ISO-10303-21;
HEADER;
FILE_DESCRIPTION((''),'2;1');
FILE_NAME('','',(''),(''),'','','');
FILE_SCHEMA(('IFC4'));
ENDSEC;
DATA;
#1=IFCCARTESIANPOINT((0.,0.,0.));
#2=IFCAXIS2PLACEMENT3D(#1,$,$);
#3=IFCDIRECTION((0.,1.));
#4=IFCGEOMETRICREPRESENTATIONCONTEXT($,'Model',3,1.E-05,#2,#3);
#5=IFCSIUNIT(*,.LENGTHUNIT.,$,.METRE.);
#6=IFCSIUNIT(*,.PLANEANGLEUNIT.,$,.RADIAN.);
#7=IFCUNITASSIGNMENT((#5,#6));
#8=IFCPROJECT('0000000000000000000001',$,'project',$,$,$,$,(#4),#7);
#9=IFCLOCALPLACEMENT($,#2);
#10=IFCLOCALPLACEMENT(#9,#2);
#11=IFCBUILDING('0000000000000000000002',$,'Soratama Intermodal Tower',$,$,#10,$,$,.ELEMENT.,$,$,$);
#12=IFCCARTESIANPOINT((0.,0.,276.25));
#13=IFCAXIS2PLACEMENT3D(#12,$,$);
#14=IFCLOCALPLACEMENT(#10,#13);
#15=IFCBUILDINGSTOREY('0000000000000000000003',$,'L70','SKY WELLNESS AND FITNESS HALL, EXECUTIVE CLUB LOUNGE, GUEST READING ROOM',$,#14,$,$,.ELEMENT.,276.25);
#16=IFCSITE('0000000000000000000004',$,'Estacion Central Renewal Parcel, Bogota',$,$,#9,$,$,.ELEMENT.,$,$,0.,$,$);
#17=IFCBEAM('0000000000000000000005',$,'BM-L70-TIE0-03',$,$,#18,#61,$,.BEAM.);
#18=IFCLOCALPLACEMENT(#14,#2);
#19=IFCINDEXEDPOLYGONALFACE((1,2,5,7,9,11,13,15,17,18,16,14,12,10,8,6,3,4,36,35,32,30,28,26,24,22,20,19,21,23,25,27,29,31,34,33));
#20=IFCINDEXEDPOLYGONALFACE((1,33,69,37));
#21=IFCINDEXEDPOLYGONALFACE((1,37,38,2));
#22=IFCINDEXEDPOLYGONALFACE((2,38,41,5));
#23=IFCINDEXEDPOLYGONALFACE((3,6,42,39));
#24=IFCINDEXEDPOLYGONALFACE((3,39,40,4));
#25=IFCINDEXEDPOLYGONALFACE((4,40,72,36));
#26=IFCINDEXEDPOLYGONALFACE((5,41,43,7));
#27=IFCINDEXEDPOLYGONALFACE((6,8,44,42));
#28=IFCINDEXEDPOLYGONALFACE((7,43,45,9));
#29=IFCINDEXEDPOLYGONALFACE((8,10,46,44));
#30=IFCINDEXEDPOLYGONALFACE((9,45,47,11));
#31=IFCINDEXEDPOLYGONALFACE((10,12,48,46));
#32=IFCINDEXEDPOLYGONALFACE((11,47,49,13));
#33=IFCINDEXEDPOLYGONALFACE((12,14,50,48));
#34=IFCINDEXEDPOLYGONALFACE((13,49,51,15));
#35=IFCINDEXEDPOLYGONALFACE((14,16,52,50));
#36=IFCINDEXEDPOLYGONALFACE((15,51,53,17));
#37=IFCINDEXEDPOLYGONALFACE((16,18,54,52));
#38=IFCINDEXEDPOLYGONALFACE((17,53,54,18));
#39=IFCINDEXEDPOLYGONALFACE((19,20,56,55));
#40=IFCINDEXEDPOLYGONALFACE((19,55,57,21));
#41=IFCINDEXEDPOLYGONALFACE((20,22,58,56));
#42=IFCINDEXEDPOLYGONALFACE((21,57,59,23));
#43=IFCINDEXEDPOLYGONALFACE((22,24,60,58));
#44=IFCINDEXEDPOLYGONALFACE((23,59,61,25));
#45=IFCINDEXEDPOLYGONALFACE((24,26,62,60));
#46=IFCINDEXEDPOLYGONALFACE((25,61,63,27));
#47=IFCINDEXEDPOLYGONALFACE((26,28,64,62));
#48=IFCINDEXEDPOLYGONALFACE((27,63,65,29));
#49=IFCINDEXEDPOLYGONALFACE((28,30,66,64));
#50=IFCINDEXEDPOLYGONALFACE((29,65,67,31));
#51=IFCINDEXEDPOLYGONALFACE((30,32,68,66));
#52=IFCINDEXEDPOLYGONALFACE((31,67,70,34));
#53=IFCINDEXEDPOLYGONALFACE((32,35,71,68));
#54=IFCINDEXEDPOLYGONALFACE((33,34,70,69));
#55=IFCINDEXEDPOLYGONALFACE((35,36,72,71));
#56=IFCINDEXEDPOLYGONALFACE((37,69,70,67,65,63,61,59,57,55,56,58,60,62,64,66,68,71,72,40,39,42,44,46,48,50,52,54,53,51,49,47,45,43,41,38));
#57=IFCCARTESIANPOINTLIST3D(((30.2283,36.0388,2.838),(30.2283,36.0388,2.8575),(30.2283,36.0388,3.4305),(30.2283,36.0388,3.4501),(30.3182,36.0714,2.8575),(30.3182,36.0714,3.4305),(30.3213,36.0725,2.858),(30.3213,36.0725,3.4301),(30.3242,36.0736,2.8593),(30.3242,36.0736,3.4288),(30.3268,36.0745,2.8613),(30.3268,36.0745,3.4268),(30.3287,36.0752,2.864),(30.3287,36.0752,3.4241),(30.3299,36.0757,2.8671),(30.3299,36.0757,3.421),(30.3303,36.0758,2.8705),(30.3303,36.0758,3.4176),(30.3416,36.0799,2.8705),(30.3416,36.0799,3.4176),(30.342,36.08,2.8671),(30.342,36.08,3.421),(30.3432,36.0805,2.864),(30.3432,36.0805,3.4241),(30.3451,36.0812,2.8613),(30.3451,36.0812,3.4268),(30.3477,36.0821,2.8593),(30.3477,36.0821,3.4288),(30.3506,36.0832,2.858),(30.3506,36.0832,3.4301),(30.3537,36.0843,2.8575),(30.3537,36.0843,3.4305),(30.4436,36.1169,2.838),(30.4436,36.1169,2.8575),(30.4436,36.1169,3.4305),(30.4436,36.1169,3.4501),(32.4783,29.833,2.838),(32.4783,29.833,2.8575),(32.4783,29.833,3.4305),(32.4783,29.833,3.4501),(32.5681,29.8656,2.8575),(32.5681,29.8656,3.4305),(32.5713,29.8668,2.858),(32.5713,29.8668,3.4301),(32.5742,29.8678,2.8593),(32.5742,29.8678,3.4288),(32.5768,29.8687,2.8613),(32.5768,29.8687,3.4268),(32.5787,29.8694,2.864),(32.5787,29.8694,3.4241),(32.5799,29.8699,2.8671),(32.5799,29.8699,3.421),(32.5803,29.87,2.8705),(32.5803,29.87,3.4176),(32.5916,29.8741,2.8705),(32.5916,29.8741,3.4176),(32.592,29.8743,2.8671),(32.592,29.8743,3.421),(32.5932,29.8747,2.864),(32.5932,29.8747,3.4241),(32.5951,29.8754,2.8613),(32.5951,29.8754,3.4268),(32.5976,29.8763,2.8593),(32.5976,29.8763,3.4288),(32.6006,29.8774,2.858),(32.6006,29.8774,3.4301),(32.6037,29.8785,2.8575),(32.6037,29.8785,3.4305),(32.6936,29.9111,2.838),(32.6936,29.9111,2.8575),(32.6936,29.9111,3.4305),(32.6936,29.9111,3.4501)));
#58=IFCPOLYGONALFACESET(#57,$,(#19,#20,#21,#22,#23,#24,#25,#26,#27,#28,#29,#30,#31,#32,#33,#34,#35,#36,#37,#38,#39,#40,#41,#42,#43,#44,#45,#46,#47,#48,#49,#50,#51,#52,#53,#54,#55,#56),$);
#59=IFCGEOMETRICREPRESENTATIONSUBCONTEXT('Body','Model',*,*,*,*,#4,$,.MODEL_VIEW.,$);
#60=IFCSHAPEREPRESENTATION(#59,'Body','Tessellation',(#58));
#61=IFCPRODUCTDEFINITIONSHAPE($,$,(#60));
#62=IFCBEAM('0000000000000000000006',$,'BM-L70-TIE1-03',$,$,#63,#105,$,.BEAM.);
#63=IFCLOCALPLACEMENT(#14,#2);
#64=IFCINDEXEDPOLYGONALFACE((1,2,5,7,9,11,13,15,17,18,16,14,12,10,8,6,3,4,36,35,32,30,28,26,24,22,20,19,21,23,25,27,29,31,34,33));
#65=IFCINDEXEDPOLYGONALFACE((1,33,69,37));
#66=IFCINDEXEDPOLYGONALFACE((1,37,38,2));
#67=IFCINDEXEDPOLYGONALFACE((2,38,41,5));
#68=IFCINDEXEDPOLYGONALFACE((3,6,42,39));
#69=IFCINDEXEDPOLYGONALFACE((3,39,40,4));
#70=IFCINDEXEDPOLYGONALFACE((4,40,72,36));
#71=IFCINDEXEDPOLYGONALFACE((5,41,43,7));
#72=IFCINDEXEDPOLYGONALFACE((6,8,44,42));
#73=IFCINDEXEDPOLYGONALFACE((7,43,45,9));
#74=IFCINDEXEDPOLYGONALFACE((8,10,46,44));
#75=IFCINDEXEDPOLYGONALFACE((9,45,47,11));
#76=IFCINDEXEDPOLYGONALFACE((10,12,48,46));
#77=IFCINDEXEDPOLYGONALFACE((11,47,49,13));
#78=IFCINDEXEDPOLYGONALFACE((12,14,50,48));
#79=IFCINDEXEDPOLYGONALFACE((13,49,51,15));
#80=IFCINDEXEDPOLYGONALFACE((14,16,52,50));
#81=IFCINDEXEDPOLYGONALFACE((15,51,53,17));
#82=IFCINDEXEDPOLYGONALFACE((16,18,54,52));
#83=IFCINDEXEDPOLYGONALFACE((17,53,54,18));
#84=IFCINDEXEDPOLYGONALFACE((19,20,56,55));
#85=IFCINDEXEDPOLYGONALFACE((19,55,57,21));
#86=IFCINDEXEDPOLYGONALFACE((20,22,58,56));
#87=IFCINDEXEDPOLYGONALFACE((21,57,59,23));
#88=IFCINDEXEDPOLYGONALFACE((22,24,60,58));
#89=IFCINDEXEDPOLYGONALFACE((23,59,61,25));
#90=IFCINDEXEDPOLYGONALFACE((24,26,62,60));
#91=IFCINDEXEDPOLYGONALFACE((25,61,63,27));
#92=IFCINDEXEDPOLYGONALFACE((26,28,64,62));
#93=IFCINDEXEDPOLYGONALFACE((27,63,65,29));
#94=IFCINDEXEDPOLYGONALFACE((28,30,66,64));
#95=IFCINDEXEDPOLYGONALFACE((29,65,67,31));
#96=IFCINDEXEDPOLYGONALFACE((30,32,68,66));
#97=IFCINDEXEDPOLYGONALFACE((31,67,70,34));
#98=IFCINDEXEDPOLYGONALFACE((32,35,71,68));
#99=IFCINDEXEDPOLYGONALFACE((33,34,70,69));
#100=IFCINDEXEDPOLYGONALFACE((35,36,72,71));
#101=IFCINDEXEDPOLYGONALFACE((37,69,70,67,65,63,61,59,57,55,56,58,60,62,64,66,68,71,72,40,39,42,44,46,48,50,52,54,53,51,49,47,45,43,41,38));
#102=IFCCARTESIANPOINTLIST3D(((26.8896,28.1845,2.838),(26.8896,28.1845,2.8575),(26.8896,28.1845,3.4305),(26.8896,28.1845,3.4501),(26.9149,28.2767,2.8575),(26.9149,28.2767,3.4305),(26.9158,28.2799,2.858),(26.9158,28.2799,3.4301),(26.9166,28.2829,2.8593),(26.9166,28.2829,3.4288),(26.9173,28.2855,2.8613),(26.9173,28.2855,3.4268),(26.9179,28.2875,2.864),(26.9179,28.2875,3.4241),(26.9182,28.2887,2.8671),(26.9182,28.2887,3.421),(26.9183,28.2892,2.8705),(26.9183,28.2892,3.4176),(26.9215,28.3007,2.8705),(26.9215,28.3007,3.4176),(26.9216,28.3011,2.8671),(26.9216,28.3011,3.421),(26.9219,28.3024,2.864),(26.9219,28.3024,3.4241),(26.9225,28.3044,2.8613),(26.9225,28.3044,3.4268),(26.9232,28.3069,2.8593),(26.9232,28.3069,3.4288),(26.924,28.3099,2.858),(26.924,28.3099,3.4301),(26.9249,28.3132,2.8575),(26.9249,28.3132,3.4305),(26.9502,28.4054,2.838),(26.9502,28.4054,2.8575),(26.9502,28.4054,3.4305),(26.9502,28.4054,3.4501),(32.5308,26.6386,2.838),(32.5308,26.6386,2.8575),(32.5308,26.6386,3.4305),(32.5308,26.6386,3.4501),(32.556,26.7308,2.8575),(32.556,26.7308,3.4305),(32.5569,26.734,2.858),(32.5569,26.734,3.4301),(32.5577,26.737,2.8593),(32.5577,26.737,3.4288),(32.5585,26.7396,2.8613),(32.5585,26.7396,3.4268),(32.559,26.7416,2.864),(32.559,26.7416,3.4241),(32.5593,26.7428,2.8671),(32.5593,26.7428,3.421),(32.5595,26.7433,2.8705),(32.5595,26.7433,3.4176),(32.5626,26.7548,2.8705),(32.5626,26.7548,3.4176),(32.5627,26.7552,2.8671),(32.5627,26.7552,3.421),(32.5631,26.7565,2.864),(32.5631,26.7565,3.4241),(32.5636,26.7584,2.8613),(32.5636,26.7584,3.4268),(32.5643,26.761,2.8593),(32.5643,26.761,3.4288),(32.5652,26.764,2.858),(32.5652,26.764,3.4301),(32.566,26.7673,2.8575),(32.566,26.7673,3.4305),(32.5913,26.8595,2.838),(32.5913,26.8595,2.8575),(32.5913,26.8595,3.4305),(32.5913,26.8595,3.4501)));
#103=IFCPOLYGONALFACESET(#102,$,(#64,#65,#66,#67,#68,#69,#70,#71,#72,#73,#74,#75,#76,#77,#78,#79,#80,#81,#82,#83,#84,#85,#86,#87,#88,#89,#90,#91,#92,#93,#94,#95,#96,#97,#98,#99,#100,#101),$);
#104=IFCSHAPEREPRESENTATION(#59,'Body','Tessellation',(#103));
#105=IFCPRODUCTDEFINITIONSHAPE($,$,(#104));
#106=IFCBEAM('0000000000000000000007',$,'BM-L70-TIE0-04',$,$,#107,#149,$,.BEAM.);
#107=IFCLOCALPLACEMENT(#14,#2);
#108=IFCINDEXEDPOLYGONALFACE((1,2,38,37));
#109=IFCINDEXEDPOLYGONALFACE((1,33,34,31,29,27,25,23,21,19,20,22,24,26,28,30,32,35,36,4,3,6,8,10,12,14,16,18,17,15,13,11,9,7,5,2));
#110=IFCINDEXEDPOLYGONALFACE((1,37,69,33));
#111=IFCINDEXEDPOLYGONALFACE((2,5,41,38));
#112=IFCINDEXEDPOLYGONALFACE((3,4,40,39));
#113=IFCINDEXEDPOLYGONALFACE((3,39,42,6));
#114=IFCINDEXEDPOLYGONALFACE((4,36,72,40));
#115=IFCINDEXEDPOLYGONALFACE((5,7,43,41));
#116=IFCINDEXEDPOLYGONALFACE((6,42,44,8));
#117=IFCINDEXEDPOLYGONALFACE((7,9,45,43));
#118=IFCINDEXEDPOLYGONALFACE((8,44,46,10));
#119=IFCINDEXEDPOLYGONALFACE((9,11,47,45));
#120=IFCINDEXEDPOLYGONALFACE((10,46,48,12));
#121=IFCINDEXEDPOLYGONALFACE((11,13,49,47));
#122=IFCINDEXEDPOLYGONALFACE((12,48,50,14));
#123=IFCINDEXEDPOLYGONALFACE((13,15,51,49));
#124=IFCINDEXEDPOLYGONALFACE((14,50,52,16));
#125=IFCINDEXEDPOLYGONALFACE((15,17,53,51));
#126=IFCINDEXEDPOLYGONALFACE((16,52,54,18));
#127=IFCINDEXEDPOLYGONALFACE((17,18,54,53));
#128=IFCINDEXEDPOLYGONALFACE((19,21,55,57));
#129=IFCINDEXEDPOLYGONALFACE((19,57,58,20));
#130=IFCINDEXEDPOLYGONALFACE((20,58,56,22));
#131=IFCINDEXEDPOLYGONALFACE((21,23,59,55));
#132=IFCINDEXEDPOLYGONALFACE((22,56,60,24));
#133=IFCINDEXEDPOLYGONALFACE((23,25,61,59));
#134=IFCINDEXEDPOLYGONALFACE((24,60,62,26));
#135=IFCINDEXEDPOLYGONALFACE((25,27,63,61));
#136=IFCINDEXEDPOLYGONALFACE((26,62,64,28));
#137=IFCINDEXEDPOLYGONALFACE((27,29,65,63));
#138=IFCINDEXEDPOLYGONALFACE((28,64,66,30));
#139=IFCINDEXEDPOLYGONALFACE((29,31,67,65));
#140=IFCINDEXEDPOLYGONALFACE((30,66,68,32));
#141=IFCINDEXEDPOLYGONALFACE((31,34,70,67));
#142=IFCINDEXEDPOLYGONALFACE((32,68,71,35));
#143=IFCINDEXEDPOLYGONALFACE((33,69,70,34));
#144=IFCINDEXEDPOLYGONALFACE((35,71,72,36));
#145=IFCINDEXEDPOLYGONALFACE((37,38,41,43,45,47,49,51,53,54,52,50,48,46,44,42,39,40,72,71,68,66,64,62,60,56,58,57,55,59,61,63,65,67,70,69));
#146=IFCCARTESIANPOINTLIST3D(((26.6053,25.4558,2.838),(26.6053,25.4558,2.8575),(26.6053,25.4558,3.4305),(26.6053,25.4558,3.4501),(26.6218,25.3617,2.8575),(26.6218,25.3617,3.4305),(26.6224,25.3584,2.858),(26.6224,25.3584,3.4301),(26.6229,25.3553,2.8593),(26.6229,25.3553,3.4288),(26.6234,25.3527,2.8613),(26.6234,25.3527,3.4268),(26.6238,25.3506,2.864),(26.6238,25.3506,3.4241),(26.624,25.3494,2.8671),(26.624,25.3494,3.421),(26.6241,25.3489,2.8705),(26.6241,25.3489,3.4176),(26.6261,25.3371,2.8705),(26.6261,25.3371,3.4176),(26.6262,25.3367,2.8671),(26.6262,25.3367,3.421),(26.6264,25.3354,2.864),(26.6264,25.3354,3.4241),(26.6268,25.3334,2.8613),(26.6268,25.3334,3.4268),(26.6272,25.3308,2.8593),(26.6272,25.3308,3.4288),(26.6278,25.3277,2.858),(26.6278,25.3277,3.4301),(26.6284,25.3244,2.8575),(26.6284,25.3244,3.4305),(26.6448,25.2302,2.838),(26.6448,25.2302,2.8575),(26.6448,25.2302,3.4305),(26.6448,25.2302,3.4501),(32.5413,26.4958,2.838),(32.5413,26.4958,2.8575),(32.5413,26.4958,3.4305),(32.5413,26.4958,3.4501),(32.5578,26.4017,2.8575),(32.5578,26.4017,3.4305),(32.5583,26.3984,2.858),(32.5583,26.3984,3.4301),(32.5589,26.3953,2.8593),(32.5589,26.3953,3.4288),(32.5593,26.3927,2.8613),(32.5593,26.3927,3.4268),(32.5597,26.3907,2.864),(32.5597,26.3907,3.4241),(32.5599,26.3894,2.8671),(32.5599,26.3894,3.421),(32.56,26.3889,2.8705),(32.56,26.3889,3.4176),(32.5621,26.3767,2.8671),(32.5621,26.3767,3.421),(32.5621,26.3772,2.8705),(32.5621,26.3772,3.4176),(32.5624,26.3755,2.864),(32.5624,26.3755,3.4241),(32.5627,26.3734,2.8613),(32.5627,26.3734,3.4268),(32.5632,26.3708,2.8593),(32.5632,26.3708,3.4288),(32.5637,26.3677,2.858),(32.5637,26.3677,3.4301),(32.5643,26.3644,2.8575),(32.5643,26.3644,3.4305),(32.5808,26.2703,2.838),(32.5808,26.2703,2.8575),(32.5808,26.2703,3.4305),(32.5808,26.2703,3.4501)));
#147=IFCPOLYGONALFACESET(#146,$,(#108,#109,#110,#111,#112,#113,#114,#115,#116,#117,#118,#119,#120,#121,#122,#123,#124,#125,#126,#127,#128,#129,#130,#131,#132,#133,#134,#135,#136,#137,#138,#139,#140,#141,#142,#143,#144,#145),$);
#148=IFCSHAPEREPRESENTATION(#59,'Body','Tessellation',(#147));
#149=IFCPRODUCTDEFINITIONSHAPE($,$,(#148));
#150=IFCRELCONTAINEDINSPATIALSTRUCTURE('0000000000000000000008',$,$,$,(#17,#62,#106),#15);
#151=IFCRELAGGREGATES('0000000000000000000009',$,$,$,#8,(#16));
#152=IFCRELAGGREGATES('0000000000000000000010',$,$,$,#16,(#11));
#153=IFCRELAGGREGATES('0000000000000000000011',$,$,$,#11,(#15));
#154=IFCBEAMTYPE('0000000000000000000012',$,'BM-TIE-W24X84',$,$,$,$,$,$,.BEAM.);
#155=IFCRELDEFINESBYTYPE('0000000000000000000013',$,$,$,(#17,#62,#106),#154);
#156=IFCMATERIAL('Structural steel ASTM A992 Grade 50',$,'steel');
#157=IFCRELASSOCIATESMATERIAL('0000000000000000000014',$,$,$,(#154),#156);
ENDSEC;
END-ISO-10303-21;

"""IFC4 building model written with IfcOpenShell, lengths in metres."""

from ifc_helpers import new_model, si_unit, direction, frame, origin, origin_2d, place, context, subcontext, project, spatial, i_section, extrude, material, material_profile, profile_set, type_object, element, save


model = new_model("IFC4")

# Units and contexts
model_context = context("Model", 3, precision=1e-05, world=origin(), true_north=direction((0.0, 1.0)))
body_context = subcontext(model_context, "Body", "Model", "MODEL_VIEW")
ifc_project = project(units=[si_unit("LENGTHUNIT", "METRE"), si_unit("PLANEANGLEUNIT", "RADIAN")], contexts=[model_context])

# Site, building, storey
site_placement = place(None, origin())
site = spatial("IfcSite", under=ifc_project, at=site_placement, Name="Estacion Central Renewal Parcel, Bogota", CompositionType="ELEMENT", RefElevation=0.0)
building_placement = place(site_placement, origin())
building = spatial("IfcBuilding", under=site, at=building_placement, Name="Soratama Intermodal Tower", CompositionType="ELEMENT")
storey_placement = place(building_placement, frame((0.0, 0.0, 276.25)))
storey = spatial("IfcBuildingStorey", under=building, at=storey_placement, Name="L70", Description="SKY WELLNESS AND FITNESS HALL, EXECUTIVE CLUB LOUNGE, GUEST READING ROOM", CompositionType="ELEMENT", Elevation=276.25)

# Beams
ifc_material_1 = material(Name="Structural steel ASTM A992 Grade 50", Category="steel")
ifc_material_profile_1 = material_profile(ifc_material_1, i_section(OverallWidth=0.229, OverallDepth=0.6121, WebThickness=0.012, FlangeThickness=0.0195, FilletRadius=0.0129, at=origin_2d()), Name="W24X84")
ifc_profile_set_1 = profile_set([ifc_material_profile_1], Name="Structural steel ASTM A992 Grade 50")
beam_type_1 = type_object("IfcBeamType", Name="BM-TIE-W24X84", PredefinedType="BEAM", material=ifc_profile_set_1)
beam_1_placement = place(storey_placement, frame((32.5859, 29.8721, 3.144), z_axis=(-0.340852, 0.940117, 0.0), x_axis=(-0.940117, -0.340852, 0.0)))
element("IfcBeam", 1, at=beam_1_placement, inside=storey, type_object=beam_type_1, Name="BM-L70-TIE0-03", PredefinedType="BEAM", context=body_context, shape_type="SweptSolid", body=[
    extrude(i_section(OverallWidth=0.229, OverallDepth=0.6121, WebThickness=0.012, FlangeThickness=0.0195, FilletRadius=0.0129, at=origin_2d()), origin(), (0.0, 0.0, 1.0), 6.6011),
])
beam_2_placement = place(storey_placement, frame((32.561, 26.749, 3.144), z_axis=(-0.964441, 0.264297, 0.0), x_axis=(-0.264297, -0.964441, 0.0)))
element("IfcBeam", 2, at=beam_2_placement, inside=storey, type_object=beam_type_1, Name="BM-L70-TIE1-03", PredefinedType="BEAM", context=body_context, shape_type="SweptSolid", body=[
    extrude(i_section(OverallWidth=0.229, OverallDepth=0.6121, WebThickness=0.012, FlangeThickness=0.0195, FilletRadius=0.0129, at=origin_2d()), origin(), (0.0, 0.0, 1.0), 5.8491),
])
beam_3_placement = place(storey_placement, frame((32.561, 26.3831, 3.144), z_axis=(-0.984996, -0.172579, 0.0), x_axis=(0.172579, -0.984996, 0.0)))
element("IfcBeam", 3, at=beam_3_placement, inside=storey, type_object=beam_type_1, Name="BM-L70-TIE0-04", PredefinedType="BEAM", context=body_context, shape_type="SweptSolid", body=[
    extrude(i_section(OverallWidth=0.229, OverallDepth=0.6121, WebThickness=0.012, FlangeThickness=0.0195, FilletRadius=0.0129, at=origin_2d()), origin(), (0.0, 0.0, 1.0), 6.0264),
])

save(model, "model.ifc")
